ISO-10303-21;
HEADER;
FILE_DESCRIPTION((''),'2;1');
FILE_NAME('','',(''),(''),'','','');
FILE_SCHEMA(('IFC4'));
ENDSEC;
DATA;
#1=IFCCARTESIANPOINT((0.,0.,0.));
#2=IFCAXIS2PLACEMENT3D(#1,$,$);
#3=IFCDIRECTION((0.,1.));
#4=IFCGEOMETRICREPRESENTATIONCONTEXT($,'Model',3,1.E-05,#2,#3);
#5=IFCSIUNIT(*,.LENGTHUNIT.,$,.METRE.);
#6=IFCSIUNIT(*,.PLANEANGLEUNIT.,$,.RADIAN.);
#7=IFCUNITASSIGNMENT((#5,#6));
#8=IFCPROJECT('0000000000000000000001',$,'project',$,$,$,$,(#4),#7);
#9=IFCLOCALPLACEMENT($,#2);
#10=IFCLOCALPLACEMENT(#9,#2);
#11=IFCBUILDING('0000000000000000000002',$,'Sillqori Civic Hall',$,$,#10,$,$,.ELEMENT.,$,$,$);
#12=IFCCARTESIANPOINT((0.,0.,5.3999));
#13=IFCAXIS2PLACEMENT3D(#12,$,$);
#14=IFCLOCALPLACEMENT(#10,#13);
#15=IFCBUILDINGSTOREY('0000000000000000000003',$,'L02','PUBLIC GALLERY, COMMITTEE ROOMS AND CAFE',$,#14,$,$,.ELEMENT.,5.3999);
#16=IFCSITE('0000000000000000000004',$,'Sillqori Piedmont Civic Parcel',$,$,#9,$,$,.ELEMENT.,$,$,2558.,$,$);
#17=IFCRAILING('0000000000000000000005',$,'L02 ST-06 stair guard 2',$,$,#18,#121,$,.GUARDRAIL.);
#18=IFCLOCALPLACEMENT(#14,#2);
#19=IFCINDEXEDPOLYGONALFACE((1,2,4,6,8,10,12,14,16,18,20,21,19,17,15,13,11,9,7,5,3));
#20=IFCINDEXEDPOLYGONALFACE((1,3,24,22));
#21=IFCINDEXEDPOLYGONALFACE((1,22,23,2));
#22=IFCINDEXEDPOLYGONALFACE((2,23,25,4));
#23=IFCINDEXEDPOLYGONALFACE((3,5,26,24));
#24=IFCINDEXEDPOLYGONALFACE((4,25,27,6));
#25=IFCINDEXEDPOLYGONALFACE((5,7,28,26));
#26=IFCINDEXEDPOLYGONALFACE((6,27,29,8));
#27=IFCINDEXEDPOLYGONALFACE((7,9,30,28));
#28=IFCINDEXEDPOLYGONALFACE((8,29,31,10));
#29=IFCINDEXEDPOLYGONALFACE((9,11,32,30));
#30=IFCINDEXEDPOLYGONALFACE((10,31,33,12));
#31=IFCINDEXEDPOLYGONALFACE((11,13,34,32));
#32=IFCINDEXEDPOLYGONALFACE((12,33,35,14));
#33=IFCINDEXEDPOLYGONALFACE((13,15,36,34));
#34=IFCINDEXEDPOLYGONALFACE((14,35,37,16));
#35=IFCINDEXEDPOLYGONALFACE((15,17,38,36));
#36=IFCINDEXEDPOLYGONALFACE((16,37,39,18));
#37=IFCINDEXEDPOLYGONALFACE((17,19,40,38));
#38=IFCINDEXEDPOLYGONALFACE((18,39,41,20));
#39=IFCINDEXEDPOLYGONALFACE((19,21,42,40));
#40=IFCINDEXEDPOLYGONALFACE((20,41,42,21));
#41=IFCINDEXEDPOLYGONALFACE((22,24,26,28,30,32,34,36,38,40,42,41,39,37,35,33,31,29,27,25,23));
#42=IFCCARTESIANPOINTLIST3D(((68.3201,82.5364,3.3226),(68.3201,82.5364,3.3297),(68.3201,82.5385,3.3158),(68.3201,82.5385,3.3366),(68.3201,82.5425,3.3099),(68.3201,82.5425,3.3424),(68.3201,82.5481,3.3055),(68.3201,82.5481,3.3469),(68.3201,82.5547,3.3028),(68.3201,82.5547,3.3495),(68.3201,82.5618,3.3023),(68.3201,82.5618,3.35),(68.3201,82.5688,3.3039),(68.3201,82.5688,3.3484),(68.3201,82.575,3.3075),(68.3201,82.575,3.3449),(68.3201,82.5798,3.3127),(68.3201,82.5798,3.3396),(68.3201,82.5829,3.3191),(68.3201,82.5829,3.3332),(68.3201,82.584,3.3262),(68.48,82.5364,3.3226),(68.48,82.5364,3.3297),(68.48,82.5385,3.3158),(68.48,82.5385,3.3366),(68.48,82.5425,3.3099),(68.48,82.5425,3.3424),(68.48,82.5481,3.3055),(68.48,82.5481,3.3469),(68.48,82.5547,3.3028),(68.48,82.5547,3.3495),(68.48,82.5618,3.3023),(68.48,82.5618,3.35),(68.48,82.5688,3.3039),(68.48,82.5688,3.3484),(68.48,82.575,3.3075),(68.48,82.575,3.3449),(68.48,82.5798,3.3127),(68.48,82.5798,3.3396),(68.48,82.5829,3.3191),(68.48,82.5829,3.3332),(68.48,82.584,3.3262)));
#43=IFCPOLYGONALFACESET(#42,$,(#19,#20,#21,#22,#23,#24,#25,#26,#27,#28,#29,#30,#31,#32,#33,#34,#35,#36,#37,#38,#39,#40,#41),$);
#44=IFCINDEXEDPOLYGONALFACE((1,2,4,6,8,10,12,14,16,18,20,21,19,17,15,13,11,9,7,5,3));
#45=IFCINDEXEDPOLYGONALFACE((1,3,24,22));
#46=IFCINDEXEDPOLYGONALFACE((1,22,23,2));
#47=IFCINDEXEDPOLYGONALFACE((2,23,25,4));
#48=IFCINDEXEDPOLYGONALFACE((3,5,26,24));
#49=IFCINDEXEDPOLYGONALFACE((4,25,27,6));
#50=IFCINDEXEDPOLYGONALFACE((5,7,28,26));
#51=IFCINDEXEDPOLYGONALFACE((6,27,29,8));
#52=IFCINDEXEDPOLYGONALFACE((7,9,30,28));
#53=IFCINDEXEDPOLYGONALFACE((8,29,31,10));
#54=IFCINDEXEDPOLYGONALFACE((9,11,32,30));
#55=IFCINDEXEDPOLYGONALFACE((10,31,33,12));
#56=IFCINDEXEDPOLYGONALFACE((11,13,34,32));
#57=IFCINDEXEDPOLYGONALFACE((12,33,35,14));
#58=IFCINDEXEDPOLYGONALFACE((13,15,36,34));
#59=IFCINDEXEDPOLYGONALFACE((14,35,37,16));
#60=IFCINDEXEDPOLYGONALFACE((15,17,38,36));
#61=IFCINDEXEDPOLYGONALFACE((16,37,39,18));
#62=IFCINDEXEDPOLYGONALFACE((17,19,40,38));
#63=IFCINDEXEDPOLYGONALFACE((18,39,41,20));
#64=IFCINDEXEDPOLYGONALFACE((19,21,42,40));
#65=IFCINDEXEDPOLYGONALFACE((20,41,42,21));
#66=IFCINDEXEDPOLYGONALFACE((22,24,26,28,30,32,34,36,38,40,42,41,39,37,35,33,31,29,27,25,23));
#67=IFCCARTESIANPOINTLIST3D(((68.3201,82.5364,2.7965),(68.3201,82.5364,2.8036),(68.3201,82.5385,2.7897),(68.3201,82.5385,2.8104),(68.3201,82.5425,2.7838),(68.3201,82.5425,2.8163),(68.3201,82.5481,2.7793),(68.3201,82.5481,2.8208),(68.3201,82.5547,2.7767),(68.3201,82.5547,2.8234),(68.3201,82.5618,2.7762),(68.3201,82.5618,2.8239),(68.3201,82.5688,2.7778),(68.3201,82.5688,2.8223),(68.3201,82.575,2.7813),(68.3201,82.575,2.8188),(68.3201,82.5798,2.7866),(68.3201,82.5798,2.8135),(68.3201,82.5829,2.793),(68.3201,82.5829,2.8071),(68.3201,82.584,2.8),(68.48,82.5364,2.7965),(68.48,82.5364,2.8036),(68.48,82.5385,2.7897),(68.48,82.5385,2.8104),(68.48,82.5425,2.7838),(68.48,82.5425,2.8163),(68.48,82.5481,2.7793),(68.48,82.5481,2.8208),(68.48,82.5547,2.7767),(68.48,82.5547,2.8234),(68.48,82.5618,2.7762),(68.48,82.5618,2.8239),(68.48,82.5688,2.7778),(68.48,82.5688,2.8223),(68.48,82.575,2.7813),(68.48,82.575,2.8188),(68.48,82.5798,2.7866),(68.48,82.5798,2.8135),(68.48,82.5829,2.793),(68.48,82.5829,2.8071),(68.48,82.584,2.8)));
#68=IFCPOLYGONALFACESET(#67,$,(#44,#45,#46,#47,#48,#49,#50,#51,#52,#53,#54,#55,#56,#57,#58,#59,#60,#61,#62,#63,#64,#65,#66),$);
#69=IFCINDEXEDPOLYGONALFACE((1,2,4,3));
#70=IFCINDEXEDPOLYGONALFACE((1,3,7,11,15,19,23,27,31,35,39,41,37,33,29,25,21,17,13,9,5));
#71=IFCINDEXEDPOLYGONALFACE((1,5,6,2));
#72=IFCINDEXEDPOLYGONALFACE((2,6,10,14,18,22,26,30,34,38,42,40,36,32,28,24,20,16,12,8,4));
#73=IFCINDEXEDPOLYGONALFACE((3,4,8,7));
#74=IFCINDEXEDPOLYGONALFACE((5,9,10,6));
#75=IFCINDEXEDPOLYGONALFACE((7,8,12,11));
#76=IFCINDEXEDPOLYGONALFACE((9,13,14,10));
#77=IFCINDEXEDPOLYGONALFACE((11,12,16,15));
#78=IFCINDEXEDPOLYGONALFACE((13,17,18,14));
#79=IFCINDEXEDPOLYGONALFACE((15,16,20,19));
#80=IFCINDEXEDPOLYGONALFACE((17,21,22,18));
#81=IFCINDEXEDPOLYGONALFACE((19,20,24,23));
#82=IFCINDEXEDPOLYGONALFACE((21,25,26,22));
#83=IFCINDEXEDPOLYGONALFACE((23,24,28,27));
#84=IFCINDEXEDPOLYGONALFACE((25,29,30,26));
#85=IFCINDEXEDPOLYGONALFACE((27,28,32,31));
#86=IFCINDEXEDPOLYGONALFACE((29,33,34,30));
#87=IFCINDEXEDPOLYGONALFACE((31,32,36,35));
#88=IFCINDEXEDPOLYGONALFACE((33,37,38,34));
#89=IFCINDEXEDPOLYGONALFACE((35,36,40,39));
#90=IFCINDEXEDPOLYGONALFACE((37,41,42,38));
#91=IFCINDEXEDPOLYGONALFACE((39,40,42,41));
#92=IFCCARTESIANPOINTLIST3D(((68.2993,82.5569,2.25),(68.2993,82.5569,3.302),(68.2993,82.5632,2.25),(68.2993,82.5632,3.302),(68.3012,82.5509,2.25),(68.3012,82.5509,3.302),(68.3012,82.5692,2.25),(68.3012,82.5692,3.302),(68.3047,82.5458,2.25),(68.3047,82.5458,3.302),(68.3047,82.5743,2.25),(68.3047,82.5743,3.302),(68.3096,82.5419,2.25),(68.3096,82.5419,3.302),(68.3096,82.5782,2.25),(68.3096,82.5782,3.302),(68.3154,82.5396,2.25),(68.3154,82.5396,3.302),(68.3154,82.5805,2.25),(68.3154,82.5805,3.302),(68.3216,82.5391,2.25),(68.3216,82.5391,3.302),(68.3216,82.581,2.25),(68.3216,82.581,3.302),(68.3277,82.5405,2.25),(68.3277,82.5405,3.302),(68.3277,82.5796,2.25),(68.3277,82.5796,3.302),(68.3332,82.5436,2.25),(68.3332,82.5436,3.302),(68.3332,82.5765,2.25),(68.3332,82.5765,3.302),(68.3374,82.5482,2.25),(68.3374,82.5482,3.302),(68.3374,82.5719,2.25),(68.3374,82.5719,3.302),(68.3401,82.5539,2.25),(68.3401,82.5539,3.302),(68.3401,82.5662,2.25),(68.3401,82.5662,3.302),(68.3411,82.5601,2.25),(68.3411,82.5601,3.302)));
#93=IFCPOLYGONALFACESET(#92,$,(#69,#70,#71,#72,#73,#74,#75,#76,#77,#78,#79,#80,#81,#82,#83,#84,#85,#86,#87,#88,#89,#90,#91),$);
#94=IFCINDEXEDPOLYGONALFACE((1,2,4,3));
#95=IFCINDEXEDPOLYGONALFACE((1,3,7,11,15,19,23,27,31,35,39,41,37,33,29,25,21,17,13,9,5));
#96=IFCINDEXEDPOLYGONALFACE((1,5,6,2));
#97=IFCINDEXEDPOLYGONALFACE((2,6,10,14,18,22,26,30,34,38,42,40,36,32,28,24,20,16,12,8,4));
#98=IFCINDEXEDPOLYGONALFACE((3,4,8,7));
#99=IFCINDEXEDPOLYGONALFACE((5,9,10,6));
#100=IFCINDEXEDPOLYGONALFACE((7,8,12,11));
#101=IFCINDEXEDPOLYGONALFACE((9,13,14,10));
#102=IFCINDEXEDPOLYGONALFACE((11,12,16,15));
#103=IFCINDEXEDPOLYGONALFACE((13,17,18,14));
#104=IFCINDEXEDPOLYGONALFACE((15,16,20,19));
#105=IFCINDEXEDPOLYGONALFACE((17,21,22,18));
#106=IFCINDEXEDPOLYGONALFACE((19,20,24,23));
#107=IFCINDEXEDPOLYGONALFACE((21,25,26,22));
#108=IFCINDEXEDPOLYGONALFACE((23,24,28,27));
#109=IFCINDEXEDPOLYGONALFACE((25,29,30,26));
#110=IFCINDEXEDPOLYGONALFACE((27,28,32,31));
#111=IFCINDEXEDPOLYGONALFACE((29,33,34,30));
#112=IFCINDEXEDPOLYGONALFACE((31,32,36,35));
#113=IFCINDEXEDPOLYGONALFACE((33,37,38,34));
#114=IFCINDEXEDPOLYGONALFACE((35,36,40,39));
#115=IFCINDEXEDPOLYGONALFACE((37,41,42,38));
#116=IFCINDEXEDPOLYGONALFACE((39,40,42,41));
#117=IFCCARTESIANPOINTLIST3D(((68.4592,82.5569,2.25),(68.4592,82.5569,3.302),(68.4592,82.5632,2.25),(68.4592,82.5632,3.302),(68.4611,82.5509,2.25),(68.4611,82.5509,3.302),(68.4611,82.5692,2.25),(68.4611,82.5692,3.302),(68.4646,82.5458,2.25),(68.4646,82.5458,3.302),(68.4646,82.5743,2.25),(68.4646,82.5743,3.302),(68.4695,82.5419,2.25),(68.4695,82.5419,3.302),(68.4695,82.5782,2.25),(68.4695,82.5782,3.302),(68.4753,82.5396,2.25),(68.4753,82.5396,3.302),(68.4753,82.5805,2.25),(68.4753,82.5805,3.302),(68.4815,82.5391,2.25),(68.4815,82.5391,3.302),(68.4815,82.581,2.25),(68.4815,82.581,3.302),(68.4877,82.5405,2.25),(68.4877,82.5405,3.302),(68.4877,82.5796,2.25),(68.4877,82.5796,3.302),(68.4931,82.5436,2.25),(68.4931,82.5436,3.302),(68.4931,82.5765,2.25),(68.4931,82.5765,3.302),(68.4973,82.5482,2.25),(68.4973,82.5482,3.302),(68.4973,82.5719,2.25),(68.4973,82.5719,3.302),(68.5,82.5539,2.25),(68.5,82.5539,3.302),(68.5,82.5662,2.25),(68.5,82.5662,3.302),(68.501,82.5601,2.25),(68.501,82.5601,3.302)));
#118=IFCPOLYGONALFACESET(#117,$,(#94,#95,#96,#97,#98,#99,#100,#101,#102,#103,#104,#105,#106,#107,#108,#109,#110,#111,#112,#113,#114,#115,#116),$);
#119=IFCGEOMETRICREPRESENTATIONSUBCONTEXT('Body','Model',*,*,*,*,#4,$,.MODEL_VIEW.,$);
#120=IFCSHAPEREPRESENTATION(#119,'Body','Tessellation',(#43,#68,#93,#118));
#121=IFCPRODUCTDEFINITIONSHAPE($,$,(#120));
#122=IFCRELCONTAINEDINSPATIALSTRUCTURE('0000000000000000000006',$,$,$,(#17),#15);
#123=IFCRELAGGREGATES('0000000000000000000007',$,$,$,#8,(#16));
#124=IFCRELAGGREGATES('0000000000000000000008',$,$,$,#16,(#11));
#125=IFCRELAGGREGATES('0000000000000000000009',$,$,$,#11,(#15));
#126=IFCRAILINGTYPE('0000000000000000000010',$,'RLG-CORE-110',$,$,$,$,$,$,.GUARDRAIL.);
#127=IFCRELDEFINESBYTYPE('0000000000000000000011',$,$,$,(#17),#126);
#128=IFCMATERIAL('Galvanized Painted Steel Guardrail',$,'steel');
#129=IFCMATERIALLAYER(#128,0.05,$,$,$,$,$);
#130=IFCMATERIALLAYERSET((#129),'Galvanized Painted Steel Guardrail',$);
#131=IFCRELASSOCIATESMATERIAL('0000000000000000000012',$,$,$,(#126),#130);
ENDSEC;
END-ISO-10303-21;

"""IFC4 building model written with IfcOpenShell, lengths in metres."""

from ifc_helpers import new_model, si_unit, direction, frame, origin, origin_2d, place, context, subcontext, project, spatial, circle, extrude, material, layer, layer_set, type_object, element, save


model = new_model("IFC4")

# Units and contexts
model_context = context("Model", 3, precision=1e-05, world=origin(), true_north=direction((0.0, 1.0)))
body_context = subcontext(model_context, "Body", "Model", "MODEL_VIEW")
ifc_project = project(units=[si_unit("LENGTHUNIT", "METRE"), si_unit("PLANEANGLEUNIT", "RADIAN")], contexts=[model_context])

# Site, building, storey
site_placement = place(None, origin())
site = spatial("IfcSite", under=ifc_project, at=site_placement, Name="Sillqori Piedmont Civic Parcel", CompositionType="ELEMENT", RefElevation=2558.0)
building_placement = place(site_placement, origin())
building = spatial("IfcBuilding", under=site, at=building_placement, Name="Sillqori Civic Hall", CompositionType="ELEMENT")
storey_placement = place(building_placement, frame((0.0, 0.0, 5.3999)))
storey = spatial("IfcBuildingStorey", under=building, at=storey_placement, Name="L02", Description="PUBLIC GALLERY, COMMITTEE ROOMS AND CAFE", CompositionType="ELEMENT", Elevation=5.3999)

# Railing
ifc_material_1 = material(Name="Galvanized Painted Steel Guardrail", Category="steel")
ifc_layer_1 = layer(ifc_material_1, 0.05)
ifc_layer_set_1 = layer_set([ifc_layer_1], Name="Galvanized Painted Steel Guardrail")
railing_type_1 = type_object("IfcRailingType", Name="RLG-CORE-110", PredefinedType="GUARDRAIL", material=ifc_layer_set_1)
railing_1_placement = place(storey_placement, frame((68.3201, 82.5601, 2.25)))
element("IfcRailing", 1, at=railing_1_placement, inside=storey, type_object=railing_type_1, Name="L02 ST-06 stair guard 2", PredefinedType="GUARDRAIL", context=body_context, shape_type="SweptSolid", body=[
    extrude(circle(Radius=0.0239, at=origin_2d()), frame((0.0, 0.0, 1.0762), z_axis=(1.0, 0.0, 0.0), x_axis=(0.0, 1.0, 0.0)), (0.0, 0.0, 1.0), 0.1599),
    extrude(circle(Radius=0.0239, at=origin_2d()), frame((0.0, 0.0, 0.55), z_axis=(1.0, 0.0, 0.0), x_axis=(0.0, 1.0, 0.0)), (0.0, 0.0, 1.0), 0.1599),
    extrude(circle(Radius=0.021, at=origin_2d()), origin(), (0.0, 0.0, 1.0), 1.052),
    extrude(circle(Radius=0.021, at=origin_2d()), frame((0.1599, 0.0, 0.0)), (0.0, 0.0, 1.0), 1.052),
])

save(model, "model.ifc")
